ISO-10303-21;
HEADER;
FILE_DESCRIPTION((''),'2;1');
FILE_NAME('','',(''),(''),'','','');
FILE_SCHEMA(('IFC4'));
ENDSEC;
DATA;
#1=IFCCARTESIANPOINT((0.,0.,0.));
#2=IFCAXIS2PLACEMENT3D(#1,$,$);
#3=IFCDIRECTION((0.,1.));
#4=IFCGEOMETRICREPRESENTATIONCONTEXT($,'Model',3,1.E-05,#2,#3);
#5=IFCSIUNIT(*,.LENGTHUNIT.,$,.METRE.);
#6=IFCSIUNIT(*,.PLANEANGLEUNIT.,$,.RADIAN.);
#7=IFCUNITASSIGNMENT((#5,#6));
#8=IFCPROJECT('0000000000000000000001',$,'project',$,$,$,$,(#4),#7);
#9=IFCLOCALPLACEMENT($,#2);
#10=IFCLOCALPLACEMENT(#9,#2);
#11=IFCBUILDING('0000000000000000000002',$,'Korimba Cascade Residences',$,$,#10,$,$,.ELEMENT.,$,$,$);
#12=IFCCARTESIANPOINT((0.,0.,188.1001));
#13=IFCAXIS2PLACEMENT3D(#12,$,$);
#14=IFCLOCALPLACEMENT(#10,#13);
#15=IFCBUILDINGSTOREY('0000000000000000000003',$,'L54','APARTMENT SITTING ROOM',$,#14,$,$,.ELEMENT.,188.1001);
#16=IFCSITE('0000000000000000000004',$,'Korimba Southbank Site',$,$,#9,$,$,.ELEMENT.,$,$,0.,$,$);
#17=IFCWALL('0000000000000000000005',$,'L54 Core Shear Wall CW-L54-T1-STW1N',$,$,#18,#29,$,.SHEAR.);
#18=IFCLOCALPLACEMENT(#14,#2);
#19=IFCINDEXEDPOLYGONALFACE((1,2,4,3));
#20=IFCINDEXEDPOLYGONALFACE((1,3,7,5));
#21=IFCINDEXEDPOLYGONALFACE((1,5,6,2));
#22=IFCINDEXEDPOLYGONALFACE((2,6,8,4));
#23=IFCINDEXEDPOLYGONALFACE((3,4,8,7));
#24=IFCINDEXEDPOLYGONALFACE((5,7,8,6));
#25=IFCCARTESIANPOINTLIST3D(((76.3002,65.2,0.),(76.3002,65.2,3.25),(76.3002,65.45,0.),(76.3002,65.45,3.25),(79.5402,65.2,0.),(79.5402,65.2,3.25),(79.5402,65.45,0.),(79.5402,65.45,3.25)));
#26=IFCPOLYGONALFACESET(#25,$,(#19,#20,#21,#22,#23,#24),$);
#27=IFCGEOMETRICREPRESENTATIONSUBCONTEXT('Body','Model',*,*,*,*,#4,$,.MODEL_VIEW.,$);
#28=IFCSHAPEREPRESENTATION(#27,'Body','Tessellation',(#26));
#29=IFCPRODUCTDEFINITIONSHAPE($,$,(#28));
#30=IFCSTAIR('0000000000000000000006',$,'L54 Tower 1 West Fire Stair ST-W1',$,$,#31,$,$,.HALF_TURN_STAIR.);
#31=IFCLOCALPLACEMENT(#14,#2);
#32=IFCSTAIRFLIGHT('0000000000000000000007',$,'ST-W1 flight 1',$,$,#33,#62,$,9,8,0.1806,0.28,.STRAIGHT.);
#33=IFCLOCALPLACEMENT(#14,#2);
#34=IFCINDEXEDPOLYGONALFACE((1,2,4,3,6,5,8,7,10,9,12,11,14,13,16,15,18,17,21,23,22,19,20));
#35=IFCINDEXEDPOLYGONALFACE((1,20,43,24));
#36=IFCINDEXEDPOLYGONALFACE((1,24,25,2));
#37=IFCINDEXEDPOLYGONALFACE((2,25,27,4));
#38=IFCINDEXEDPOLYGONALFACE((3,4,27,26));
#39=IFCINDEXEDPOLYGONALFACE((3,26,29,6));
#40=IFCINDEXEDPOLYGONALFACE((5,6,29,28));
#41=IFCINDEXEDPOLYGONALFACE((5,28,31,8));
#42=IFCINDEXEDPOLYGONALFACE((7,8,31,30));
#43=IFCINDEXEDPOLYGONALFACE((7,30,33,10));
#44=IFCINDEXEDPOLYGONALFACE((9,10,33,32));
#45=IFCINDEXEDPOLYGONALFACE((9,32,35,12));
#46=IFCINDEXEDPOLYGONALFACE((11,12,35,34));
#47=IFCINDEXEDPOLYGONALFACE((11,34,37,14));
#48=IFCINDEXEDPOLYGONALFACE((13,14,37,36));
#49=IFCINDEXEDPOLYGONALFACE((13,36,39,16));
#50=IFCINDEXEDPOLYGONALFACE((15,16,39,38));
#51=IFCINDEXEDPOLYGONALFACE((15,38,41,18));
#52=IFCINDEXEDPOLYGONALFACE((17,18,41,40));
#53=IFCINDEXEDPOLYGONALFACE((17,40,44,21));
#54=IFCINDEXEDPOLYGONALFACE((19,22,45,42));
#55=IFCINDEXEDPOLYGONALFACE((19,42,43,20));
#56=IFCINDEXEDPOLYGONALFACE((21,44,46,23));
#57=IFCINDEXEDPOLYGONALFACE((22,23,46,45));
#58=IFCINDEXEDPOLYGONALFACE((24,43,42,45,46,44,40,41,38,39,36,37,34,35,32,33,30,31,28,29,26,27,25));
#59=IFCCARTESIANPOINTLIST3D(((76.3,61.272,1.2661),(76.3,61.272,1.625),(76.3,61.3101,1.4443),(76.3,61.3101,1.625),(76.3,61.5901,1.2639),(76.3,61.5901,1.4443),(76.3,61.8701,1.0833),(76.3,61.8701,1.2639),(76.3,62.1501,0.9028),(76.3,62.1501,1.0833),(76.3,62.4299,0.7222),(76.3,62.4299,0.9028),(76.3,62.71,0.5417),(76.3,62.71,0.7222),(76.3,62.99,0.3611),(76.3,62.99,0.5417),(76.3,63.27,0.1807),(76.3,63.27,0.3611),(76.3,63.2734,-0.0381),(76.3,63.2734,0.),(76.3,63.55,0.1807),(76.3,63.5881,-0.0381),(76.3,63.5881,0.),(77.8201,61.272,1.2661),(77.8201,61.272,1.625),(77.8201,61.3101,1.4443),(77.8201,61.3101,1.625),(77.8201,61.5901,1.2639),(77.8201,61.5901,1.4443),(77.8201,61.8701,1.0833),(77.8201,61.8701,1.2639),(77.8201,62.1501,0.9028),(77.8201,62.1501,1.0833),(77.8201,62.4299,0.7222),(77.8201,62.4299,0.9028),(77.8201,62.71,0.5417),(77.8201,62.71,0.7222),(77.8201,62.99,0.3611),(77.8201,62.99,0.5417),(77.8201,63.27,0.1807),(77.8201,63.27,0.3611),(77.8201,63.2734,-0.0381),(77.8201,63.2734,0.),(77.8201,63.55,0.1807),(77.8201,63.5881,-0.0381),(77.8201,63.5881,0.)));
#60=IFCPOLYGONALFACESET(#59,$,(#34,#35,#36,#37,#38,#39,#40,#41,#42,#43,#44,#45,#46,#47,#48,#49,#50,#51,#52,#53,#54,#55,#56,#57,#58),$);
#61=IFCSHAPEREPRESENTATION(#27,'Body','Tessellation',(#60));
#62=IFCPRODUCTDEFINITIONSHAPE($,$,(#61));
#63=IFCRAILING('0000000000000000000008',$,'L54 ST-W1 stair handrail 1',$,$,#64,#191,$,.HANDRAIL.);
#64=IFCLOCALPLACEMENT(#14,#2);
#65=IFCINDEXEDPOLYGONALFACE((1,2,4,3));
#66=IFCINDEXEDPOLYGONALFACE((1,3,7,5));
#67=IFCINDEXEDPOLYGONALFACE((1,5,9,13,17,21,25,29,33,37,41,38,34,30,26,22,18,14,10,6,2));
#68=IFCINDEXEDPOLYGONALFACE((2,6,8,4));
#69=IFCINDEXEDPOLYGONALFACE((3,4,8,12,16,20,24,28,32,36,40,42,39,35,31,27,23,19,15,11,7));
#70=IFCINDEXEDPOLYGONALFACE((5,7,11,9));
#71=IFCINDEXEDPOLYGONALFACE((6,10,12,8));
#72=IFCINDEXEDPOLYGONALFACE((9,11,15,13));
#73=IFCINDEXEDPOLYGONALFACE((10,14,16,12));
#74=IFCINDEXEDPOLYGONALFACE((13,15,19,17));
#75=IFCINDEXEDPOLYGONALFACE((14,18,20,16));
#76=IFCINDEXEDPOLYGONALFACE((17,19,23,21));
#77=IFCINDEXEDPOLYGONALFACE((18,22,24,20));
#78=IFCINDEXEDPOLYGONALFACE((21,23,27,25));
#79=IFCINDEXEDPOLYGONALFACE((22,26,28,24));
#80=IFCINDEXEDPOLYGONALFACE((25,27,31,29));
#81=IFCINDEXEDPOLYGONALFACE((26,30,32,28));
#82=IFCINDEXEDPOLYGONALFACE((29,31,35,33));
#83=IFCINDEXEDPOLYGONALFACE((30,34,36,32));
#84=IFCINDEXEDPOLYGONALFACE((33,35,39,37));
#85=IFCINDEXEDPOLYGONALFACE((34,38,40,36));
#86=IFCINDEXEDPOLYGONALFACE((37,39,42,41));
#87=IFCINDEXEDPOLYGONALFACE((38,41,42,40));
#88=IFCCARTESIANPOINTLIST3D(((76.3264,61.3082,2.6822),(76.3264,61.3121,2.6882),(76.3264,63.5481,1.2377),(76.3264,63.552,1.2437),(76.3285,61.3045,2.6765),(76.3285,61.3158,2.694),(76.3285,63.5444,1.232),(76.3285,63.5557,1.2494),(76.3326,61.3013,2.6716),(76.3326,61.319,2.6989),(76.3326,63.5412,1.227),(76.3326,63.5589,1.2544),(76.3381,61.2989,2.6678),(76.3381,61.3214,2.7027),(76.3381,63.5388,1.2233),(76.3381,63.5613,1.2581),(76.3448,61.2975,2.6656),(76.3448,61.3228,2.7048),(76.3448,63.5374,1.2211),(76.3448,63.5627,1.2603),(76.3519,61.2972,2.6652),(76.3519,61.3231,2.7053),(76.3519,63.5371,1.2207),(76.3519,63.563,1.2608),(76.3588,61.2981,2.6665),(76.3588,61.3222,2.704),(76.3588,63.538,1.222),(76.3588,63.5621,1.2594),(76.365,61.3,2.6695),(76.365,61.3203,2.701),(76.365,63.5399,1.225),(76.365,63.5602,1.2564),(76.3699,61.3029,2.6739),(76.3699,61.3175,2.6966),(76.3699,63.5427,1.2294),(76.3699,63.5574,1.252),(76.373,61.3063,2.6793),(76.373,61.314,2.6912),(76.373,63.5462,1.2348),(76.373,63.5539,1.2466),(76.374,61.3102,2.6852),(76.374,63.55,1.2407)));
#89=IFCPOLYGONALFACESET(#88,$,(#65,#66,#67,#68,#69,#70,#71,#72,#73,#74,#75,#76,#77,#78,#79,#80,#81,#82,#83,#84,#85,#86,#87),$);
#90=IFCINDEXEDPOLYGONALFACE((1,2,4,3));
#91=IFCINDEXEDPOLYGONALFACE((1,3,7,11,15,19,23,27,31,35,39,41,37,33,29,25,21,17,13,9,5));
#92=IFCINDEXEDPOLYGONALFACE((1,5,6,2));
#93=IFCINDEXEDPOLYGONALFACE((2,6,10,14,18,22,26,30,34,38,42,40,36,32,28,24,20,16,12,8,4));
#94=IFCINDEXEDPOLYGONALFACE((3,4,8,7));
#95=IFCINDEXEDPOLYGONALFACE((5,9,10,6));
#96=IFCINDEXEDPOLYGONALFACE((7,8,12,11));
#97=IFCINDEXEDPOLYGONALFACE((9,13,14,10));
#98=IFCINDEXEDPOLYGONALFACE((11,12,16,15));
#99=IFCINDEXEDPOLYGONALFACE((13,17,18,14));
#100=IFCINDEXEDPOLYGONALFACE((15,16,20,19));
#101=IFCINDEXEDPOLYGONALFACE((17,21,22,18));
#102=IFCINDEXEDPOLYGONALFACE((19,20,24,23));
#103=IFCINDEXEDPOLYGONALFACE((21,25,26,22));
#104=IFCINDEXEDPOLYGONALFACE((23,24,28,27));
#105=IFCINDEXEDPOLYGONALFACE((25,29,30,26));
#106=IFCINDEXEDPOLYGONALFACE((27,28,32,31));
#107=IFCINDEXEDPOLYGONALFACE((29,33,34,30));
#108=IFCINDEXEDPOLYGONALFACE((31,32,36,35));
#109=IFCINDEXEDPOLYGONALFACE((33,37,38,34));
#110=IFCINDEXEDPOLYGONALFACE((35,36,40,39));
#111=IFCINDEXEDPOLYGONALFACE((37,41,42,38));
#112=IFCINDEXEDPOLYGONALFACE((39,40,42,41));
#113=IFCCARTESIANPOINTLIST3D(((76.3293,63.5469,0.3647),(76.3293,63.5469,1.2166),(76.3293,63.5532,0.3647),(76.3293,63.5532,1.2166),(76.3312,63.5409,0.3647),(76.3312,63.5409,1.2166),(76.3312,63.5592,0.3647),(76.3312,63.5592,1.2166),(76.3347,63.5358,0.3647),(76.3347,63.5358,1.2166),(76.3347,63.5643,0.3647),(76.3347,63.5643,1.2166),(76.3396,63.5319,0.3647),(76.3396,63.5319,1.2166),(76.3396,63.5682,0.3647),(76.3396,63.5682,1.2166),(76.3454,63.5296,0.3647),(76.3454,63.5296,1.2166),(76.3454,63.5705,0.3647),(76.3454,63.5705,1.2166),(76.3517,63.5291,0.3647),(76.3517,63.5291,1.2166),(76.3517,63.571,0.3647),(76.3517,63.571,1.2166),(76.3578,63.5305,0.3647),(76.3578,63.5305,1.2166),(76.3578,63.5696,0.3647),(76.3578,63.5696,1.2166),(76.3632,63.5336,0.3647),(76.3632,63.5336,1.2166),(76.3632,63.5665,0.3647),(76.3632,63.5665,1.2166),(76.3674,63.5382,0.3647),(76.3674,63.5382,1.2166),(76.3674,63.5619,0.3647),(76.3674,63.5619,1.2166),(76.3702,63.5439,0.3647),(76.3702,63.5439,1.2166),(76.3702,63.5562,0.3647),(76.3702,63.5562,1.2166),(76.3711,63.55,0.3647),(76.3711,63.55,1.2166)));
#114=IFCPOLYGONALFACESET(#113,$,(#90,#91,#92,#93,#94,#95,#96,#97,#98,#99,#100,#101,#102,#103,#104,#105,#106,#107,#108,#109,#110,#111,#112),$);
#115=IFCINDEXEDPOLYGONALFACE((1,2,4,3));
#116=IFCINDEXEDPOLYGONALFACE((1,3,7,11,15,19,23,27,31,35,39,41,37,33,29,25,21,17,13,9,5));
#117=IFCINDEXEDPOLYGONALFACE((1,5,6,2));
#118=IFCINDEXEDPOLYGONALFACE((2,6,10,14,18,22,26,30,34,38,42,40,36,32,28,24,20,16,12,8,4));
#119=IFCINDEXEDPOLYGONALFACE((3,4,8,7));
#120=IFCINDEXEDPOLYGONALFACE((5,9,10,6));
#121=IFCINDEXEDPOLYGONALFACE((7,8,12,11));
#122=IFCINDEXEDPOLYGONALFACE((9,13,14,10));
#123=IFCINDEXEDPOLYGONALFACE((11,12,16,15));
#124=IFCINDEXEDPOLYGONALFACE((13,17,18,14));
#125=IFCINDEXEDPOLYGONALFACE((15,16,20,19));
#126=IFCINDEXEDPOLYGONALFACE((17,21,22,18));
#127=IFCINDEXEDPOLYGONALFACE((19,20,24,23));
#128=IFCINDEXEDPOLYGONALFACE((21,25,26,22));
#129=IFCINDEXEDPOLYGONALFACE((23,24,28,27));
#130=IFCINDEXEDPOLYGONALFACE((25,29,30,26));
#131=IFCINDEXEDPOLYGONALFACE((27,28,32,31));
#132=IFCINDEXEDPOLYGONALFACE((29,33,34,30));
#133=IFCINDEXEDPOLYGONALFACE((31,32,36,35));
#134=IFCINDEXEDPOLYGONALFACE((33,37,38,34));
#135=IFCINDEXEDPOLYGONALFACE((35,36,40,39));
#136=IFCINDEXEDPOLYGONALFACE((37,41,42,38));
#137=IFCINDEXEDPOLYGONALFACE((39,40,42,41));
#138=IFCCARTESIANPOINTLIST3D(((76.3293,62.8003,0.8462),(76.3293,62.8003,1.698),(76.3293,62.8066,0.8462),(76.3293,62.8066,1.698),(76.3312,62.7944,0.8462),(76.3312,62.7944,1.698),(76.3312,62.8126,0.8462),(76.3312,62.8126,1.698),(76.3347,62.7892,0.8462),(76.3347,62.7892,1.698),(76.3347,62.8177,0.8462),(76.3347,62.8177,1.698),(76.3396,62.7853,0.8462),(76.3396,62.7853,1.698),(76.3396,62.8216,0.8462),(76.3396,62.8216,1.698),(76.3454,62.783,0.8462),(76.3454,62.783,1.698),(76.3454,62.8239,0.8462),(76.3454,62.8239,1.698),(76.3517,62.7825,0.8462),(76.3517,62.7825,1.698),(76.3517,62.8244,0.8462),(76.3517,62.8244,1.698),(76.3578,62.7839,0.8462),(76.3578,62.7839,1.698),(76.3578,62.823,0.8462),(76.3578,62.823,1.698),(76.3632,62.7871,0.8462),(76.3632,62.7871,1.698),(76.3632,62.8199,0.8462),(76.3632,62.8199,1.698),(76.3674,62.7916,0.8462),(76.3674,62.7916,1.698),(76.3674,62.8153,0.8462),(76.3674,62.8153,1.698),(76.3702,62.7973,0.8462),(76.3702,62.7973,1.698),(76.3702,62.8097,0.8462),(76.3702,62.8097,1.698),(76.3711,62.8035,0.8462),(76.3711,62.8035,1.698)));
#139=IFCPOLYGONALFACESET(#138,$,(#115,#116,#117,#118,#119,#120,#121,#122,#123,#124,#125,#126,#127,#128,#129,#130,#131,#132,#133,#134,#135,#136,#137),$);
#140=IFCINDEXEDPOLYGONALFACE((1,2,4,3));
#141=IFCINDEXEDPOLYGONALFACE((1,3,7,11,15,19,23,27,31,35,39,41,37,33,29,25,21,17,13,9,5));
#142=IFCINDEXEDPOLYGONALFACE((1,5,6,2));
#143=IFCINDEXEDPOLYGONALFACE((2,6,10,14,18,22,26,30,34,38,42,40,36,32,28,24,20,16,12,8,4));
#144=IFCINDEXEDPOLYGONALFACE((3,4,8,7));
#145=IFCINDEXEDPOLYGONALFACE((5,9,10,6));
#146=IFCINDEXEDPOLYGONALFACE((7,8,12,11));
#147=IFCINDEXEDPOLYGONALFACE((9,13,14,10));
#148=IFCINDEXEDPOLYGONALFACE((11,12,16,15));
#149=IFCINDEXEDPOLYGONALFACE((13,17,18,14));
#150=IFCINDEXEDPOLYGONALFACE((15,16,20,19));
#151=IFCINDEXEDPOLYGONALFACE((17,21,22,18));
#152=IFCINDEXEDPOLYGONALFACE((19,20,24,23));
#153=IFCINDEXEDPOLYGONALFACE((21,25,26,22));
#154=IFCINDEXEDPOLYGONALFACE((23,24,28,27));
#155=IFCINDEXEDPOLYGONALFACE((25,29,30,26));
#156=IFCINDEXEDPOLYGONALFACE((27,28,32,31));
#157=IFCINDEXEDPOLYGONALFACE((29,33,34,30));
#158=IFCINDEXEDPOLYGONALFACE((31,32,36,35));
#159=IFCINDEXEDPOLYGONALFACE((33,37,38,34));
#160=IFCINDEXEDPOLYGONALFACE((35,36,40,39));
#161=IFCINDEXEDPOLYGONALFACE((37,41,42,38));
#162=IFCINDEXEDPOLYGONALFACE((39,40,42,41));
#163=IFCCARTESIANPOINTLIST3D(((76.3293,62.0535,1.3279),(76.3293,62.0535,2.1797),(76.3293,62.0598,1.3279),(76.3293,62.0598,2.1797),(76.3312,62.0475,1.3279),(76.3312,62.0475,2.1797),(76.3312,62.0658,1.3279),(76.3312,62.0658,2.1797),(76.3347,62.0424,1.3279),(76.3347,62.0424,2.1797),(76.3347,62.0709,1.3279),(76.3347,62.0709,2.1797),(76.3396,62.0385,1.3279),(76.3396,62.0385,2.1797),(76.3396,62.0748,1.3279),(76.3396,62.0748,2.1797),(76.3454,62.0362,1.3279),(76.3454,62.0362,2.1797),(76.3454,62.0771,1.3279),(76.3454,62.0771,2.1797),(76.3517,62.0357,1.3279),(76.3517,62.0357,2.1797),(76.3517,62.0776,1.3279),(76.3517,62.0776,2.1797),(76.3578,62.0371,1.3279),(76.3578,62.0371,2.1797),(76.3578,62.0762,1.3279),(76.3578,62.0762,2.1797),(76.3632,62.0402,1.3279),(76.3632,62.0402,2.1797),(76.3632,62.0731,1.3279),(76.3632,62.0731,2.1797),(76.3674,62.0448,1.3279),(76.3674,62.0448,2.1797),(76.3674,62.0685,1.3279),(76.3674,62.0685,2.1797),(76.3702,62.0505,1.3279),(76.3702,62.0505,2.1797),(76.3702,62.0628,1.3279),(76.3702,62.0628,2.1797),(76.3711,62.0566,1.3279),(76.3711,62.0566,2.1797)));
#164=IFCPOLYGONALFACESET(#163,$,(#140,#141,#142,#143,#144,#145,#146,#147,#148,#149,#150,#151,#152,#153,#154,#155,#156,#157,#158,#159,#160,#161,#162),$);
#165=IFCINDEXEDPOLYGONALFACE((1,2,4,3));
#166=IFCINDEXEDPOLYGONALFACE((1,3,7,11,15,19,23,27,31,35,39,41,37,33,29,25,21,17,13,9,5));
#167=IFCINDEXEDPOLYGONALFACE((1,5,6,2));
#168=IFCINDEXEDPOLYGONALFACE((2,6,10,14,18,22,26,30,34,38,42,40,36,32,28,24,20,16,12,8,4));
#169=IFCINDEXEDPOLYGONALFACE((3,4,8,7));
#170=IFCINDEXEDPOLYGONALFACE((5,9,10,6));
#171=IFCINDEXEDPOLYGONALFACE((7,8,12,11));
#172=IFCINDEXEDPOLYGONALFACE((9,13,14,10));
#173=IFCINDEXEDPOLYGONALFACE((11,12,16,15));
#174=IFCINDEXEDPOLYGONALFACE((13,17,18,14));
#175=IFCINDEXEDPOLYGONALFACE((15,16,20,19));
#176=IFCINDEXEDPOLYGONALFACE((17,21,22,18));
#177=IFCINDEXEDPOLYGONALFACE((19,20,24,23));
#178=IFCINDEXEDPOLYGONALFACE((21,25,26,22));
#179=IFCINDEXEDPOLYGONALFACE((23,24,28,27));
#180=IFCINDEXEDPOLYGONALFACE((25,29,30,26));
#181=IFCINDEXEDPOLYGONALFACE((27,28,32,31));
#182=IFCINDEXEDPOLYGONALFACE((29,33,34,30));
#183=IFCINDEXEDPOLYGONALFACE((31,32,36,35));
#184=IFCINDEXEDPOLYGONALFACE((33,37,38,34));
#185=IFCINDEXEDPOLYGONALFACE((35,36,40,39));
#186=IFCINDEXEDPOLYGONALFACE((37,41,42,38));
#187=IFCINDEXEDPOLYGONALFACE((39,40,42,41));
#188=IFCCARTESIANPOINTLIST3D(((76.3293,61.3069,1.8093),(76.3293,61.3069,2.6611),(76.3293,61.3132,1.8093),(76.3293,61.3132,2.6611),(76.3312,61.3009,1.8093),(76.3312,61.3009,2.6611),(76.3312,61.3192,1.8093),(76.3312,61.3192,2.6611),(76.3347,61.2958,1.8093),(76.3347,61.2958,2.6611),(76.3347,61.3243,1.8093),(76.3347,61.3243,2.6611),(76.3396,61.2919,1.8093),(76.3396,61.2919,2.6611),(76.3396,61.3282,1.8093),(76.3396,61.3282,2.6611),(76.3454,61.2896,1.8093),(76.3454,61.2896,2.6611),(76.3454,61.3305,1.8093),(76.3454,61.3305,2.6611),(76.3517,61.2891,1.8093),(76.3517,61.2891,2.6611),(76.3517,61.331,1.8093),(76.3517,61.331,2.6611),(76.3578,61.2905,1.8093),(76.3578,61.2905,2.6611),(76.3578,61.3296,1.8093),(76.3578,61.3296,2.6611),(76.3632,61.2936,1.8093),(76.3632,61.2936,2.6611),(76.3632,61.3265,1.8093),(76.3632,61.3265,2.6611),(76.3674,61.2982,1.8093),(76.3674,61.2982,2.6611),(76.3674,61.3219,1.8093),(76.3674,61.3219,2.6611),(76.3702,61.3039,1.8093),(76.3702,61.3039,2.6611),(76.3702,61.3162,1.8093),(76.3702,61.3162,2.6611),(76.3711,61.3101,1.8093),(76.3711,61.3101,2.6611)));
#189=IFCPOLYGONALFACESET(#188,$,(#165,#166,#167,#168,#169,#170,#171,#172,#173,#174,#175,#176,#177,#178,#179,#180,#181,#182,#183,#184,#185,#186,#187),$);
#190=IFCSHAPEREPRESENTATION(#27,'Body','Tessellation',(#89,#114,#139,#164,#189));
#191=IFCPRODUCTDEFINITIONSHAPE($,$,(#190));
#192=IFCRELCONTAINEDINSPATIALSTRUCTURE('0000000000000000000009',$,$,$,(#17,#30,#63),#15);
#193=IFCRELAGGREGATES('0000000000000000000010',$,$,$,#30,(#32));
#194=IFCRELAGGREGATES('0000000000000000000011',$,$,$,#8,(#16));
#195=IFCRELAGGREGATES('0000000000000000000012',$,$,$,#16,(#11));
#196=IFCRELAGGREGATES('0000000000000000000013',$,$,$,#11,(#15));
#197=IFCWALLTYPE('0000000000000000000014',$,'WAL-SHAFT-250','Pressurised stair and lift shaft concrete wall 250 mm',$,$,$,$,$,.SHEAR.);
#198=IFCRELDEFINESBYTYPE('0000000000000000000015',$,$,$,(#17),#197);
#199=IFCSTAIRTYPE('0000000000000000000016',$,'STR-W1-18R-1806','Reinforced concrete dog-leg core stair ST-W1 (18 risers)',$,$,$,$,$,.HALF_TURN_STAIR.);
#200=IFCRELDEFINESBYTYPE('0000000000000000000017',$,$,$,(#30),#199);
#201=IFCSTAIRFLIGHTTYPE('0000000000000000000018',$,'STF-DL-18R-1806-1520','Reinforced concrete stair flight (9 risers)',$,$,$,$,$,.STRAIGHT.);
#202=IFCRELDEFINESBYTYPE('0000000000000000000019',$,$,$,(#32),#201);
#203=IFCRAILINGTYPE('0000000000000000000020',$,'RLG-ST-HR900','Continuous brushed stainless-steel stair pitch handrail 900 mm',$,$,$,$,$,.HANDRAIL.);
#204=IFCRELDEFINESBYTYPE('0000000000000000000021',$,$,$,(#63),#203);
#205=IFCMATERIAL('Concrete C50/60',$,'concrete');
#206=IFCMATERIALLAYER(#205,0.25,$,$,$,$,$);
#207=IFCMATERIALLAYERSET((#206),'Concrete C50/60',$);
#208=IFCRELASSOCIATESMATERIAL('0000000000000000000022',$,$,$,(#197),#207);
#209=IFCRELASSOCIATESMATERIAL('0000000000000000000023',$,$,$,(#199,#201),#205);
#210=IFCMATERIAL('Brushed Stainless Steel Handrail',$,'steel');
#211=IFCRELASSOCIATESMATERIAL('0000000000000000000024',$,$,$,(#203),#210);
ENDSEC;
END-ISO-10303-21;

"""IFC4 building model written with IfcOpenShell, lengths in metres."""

from ifc_helpers import new_model, si_unit, direction, frame, frame_2d, origin, origin_2d, place, context, subcontext, project, spatial, polyline, rectangle, circle, outline, extrude, material, layer, layer_set, type_object, element, aggregate, save


model = new_model("IFC4")

# Units and contexts
model_context = context("Model", 3, precision=1e-05, world=origin(), true_north=direction((0.0, 1.0)))
body_context = subcontext(model_context, "Body", "Model", "MODEL_VIEW")
ifc_project = project(units=[si_unit("LENGTHUNIT", "METRE"), si_unit("PLANEANGLEUNIT", "RADIAN")], contexts=[model_context])

# Site, building, storey
site_placement = place(None, origin())
site = spatial("IfcSite", under=ifc_project, at=site_placement, Name="Korimba Southbank Site", CompositionType="ELEMENT", RefElevation=0.0)
building_placement = place(site_placement, origin())
building = spatial("IfcBuilding", under=site, at=building_placement, Name="Korimba Cascade Residences", CompositionType="ELEMENT")
storey_placement = place(building_placement, frame((0.0, 0.0, 188.1001)))
storey = spatial("IfcBuildingStorey", under=building, at=storey_placement, Name="L54", Description="APARTMENT SITTING ROOM", CompositionType="ELEMENT", Elevation=188.1001)

# Wall
ifc_material_1 = material(Name="Concrete C50/60", Category="concrete")
ifc_layer_1 = layer(ifc_material_1, 0.25)
ifc_layer_set_1 = layer_set([ifc_layer_1], Name="Concrete C50/60")
wall_type_1 = type_object("IfcWallType", Name="WAL-SHAFT-250", Description="Pressurised stair and lift shaft concrete wall 250 mm", PredefinedType="SHEAR", material=ifc_layer_set_1)
for number, where, z_axis, x_axis, name in (
    (1, (76.3, 65.325, 0.0), (0.0, 0.0, 1.0), (1.0, 0.0, 0.0), "L54 Core Shear Wall CW-L54-T1-STW1N"),
):
    element("IfcWall", number, at=place(storey_placement, frame(where, z_axis=z_axis, x_axis=x_axis)), inside=storey, type_object=wall_type_1, Name=name, PredefinedType="SHEAR", context=body_context, shape_type="SweptSolid", body=[
        extrude(rectangle(XDim=3.24, YDim=0.25, at=frame_2d((1.6201, 0.0))), origin(), (0.0, 0.0, 1.0), 3.25),
    ])

# Stair, stair flight
stair_type = type_object("IfcStairType", Name="STR-W1-18R-1806", Description="Reinforced concrete dog-leg core stair ST-W1 (18 risers)", PredefinedType="HALF_TURN_STAIR", material=ifc_material_1)
stair_placement = place(storey_placement, origin())
stair = element("IfcStair", 2, at=stair_placement, inside=storey, type_object=stair_type, Name="L54 Tower 1 West Fire Stair ST-W1", PredefinedType="HALF_TURN_STAIR")
stair_flight_type = type_object("IfcStairFlightType", Name="STF-DL-18R-1806-1520", Description="Reinforced concrete stair flight (9 risers)", PredefinedType="STRAIGHT", material=ifc_material_1)
stair_flight_placement = place(storey_placement, frame((77.0601, 63.55, 0.0), z_axis=(0.0, 0.0, 1.0), x_axis=(0.0, -1.0, 0.0)))
stair_flight = element("IfcStairFlight", 3, at=stair_flight_placement, type_object=stair_flight_type, Name="ST-W1 flight 1", NumberOfRisers=9, NumberOfTreads=8, PredefinedType="STRAIGHT", RiserHeight=0.1806, TreadLength=0.28, context=body_context, shape_type="SweptSolid", body=[
    extrude(outline(polyline([(-0.0381, 0.0), (0.0, 0.1807), (0.28, 0.1807), (0.28, 0.3611), (0.5601, 0.3611), (0.5601, 0.5417), (0.8401, 0.5417), (0.8401, 0.7222), (1.1201, 0.7222), (1.1201, 0.9028), (1.3999, 0.9028), (1.3999, 1.0833), (1.6799, 1.0833), (1.6799, 1.2639), (1.96, 1.2639), (1.96, 1.4443), (2.24, 1.4443), (2.24, 1.625), (2.2781, 1.625), (2.2781, 1.2661), (0.2766, 0.0), (0.2766, -0.0381), (-0.0381, -0.0381), (-0.0381, 0.0)])), frame((0.0, 0.76, 0.0), z_axis=(0.0, -1.0, 0.0), x_axis=(1.0, 0.0, 0.0)), (0.0, 0.0, 1.0), 1.52),
])
aggregate(stair, [stair_flight])

# Railing
ifc_material_2 = material(Name="Brushed Stainless Steel Handrail", Category="steel")
railing_type = type_object("IfcRailingType", Name="RLG-ST-HR900", Description="Continuous brushed stainless-steel stair pitch handrail 900 mm", PredefinedType="HANDRAIL", material=ifc_material_2)
railing_placement = place(storey_placement, frame((76.3501, 63.55, 0.3647)))
element("IfcRailing", 4, at=railing_placement, inside=storey, type_object=railing_type, Name="L54 ST-W1 stair handrail 1", PredefinedType="HANDRAIL", context=body_context, shape_type="SweptSolid", body=[
    extrude(circle(Radius=0.0239, at=origin_2d()), frame((0.0, 0.0, 0.876), z_axis=(0.0, -0.840395, 0.541975), x_axis=(1.0, 0.0, 0.0)), (0.0, 0.0, 1.0), 2.6653),
    extrude(circle(Radius=0.021, at=origin_2d()), origin(), (0.0, 0.0, 1.0), 0.8518),
    extrude(circle(Radius=0.021, at=origin_2d()), frame((0.0, -0.7466, 0.4814)), (0.0, 0.0, 1.0), 0.8518),
    extrude(circle(Radius=0.021, at=origin_2d()), frame((0.0, -1.4934, 0.9631)), (0.0, 0.0, 1.0), 0.8518),
    extrude(circle(Radius=0.021, at=origin_2d()), frame((0.0, -2.24, 1.4446)), (0.0, 0.0, 1.0), 0.8518),
])

save(model, "model.ifc")
